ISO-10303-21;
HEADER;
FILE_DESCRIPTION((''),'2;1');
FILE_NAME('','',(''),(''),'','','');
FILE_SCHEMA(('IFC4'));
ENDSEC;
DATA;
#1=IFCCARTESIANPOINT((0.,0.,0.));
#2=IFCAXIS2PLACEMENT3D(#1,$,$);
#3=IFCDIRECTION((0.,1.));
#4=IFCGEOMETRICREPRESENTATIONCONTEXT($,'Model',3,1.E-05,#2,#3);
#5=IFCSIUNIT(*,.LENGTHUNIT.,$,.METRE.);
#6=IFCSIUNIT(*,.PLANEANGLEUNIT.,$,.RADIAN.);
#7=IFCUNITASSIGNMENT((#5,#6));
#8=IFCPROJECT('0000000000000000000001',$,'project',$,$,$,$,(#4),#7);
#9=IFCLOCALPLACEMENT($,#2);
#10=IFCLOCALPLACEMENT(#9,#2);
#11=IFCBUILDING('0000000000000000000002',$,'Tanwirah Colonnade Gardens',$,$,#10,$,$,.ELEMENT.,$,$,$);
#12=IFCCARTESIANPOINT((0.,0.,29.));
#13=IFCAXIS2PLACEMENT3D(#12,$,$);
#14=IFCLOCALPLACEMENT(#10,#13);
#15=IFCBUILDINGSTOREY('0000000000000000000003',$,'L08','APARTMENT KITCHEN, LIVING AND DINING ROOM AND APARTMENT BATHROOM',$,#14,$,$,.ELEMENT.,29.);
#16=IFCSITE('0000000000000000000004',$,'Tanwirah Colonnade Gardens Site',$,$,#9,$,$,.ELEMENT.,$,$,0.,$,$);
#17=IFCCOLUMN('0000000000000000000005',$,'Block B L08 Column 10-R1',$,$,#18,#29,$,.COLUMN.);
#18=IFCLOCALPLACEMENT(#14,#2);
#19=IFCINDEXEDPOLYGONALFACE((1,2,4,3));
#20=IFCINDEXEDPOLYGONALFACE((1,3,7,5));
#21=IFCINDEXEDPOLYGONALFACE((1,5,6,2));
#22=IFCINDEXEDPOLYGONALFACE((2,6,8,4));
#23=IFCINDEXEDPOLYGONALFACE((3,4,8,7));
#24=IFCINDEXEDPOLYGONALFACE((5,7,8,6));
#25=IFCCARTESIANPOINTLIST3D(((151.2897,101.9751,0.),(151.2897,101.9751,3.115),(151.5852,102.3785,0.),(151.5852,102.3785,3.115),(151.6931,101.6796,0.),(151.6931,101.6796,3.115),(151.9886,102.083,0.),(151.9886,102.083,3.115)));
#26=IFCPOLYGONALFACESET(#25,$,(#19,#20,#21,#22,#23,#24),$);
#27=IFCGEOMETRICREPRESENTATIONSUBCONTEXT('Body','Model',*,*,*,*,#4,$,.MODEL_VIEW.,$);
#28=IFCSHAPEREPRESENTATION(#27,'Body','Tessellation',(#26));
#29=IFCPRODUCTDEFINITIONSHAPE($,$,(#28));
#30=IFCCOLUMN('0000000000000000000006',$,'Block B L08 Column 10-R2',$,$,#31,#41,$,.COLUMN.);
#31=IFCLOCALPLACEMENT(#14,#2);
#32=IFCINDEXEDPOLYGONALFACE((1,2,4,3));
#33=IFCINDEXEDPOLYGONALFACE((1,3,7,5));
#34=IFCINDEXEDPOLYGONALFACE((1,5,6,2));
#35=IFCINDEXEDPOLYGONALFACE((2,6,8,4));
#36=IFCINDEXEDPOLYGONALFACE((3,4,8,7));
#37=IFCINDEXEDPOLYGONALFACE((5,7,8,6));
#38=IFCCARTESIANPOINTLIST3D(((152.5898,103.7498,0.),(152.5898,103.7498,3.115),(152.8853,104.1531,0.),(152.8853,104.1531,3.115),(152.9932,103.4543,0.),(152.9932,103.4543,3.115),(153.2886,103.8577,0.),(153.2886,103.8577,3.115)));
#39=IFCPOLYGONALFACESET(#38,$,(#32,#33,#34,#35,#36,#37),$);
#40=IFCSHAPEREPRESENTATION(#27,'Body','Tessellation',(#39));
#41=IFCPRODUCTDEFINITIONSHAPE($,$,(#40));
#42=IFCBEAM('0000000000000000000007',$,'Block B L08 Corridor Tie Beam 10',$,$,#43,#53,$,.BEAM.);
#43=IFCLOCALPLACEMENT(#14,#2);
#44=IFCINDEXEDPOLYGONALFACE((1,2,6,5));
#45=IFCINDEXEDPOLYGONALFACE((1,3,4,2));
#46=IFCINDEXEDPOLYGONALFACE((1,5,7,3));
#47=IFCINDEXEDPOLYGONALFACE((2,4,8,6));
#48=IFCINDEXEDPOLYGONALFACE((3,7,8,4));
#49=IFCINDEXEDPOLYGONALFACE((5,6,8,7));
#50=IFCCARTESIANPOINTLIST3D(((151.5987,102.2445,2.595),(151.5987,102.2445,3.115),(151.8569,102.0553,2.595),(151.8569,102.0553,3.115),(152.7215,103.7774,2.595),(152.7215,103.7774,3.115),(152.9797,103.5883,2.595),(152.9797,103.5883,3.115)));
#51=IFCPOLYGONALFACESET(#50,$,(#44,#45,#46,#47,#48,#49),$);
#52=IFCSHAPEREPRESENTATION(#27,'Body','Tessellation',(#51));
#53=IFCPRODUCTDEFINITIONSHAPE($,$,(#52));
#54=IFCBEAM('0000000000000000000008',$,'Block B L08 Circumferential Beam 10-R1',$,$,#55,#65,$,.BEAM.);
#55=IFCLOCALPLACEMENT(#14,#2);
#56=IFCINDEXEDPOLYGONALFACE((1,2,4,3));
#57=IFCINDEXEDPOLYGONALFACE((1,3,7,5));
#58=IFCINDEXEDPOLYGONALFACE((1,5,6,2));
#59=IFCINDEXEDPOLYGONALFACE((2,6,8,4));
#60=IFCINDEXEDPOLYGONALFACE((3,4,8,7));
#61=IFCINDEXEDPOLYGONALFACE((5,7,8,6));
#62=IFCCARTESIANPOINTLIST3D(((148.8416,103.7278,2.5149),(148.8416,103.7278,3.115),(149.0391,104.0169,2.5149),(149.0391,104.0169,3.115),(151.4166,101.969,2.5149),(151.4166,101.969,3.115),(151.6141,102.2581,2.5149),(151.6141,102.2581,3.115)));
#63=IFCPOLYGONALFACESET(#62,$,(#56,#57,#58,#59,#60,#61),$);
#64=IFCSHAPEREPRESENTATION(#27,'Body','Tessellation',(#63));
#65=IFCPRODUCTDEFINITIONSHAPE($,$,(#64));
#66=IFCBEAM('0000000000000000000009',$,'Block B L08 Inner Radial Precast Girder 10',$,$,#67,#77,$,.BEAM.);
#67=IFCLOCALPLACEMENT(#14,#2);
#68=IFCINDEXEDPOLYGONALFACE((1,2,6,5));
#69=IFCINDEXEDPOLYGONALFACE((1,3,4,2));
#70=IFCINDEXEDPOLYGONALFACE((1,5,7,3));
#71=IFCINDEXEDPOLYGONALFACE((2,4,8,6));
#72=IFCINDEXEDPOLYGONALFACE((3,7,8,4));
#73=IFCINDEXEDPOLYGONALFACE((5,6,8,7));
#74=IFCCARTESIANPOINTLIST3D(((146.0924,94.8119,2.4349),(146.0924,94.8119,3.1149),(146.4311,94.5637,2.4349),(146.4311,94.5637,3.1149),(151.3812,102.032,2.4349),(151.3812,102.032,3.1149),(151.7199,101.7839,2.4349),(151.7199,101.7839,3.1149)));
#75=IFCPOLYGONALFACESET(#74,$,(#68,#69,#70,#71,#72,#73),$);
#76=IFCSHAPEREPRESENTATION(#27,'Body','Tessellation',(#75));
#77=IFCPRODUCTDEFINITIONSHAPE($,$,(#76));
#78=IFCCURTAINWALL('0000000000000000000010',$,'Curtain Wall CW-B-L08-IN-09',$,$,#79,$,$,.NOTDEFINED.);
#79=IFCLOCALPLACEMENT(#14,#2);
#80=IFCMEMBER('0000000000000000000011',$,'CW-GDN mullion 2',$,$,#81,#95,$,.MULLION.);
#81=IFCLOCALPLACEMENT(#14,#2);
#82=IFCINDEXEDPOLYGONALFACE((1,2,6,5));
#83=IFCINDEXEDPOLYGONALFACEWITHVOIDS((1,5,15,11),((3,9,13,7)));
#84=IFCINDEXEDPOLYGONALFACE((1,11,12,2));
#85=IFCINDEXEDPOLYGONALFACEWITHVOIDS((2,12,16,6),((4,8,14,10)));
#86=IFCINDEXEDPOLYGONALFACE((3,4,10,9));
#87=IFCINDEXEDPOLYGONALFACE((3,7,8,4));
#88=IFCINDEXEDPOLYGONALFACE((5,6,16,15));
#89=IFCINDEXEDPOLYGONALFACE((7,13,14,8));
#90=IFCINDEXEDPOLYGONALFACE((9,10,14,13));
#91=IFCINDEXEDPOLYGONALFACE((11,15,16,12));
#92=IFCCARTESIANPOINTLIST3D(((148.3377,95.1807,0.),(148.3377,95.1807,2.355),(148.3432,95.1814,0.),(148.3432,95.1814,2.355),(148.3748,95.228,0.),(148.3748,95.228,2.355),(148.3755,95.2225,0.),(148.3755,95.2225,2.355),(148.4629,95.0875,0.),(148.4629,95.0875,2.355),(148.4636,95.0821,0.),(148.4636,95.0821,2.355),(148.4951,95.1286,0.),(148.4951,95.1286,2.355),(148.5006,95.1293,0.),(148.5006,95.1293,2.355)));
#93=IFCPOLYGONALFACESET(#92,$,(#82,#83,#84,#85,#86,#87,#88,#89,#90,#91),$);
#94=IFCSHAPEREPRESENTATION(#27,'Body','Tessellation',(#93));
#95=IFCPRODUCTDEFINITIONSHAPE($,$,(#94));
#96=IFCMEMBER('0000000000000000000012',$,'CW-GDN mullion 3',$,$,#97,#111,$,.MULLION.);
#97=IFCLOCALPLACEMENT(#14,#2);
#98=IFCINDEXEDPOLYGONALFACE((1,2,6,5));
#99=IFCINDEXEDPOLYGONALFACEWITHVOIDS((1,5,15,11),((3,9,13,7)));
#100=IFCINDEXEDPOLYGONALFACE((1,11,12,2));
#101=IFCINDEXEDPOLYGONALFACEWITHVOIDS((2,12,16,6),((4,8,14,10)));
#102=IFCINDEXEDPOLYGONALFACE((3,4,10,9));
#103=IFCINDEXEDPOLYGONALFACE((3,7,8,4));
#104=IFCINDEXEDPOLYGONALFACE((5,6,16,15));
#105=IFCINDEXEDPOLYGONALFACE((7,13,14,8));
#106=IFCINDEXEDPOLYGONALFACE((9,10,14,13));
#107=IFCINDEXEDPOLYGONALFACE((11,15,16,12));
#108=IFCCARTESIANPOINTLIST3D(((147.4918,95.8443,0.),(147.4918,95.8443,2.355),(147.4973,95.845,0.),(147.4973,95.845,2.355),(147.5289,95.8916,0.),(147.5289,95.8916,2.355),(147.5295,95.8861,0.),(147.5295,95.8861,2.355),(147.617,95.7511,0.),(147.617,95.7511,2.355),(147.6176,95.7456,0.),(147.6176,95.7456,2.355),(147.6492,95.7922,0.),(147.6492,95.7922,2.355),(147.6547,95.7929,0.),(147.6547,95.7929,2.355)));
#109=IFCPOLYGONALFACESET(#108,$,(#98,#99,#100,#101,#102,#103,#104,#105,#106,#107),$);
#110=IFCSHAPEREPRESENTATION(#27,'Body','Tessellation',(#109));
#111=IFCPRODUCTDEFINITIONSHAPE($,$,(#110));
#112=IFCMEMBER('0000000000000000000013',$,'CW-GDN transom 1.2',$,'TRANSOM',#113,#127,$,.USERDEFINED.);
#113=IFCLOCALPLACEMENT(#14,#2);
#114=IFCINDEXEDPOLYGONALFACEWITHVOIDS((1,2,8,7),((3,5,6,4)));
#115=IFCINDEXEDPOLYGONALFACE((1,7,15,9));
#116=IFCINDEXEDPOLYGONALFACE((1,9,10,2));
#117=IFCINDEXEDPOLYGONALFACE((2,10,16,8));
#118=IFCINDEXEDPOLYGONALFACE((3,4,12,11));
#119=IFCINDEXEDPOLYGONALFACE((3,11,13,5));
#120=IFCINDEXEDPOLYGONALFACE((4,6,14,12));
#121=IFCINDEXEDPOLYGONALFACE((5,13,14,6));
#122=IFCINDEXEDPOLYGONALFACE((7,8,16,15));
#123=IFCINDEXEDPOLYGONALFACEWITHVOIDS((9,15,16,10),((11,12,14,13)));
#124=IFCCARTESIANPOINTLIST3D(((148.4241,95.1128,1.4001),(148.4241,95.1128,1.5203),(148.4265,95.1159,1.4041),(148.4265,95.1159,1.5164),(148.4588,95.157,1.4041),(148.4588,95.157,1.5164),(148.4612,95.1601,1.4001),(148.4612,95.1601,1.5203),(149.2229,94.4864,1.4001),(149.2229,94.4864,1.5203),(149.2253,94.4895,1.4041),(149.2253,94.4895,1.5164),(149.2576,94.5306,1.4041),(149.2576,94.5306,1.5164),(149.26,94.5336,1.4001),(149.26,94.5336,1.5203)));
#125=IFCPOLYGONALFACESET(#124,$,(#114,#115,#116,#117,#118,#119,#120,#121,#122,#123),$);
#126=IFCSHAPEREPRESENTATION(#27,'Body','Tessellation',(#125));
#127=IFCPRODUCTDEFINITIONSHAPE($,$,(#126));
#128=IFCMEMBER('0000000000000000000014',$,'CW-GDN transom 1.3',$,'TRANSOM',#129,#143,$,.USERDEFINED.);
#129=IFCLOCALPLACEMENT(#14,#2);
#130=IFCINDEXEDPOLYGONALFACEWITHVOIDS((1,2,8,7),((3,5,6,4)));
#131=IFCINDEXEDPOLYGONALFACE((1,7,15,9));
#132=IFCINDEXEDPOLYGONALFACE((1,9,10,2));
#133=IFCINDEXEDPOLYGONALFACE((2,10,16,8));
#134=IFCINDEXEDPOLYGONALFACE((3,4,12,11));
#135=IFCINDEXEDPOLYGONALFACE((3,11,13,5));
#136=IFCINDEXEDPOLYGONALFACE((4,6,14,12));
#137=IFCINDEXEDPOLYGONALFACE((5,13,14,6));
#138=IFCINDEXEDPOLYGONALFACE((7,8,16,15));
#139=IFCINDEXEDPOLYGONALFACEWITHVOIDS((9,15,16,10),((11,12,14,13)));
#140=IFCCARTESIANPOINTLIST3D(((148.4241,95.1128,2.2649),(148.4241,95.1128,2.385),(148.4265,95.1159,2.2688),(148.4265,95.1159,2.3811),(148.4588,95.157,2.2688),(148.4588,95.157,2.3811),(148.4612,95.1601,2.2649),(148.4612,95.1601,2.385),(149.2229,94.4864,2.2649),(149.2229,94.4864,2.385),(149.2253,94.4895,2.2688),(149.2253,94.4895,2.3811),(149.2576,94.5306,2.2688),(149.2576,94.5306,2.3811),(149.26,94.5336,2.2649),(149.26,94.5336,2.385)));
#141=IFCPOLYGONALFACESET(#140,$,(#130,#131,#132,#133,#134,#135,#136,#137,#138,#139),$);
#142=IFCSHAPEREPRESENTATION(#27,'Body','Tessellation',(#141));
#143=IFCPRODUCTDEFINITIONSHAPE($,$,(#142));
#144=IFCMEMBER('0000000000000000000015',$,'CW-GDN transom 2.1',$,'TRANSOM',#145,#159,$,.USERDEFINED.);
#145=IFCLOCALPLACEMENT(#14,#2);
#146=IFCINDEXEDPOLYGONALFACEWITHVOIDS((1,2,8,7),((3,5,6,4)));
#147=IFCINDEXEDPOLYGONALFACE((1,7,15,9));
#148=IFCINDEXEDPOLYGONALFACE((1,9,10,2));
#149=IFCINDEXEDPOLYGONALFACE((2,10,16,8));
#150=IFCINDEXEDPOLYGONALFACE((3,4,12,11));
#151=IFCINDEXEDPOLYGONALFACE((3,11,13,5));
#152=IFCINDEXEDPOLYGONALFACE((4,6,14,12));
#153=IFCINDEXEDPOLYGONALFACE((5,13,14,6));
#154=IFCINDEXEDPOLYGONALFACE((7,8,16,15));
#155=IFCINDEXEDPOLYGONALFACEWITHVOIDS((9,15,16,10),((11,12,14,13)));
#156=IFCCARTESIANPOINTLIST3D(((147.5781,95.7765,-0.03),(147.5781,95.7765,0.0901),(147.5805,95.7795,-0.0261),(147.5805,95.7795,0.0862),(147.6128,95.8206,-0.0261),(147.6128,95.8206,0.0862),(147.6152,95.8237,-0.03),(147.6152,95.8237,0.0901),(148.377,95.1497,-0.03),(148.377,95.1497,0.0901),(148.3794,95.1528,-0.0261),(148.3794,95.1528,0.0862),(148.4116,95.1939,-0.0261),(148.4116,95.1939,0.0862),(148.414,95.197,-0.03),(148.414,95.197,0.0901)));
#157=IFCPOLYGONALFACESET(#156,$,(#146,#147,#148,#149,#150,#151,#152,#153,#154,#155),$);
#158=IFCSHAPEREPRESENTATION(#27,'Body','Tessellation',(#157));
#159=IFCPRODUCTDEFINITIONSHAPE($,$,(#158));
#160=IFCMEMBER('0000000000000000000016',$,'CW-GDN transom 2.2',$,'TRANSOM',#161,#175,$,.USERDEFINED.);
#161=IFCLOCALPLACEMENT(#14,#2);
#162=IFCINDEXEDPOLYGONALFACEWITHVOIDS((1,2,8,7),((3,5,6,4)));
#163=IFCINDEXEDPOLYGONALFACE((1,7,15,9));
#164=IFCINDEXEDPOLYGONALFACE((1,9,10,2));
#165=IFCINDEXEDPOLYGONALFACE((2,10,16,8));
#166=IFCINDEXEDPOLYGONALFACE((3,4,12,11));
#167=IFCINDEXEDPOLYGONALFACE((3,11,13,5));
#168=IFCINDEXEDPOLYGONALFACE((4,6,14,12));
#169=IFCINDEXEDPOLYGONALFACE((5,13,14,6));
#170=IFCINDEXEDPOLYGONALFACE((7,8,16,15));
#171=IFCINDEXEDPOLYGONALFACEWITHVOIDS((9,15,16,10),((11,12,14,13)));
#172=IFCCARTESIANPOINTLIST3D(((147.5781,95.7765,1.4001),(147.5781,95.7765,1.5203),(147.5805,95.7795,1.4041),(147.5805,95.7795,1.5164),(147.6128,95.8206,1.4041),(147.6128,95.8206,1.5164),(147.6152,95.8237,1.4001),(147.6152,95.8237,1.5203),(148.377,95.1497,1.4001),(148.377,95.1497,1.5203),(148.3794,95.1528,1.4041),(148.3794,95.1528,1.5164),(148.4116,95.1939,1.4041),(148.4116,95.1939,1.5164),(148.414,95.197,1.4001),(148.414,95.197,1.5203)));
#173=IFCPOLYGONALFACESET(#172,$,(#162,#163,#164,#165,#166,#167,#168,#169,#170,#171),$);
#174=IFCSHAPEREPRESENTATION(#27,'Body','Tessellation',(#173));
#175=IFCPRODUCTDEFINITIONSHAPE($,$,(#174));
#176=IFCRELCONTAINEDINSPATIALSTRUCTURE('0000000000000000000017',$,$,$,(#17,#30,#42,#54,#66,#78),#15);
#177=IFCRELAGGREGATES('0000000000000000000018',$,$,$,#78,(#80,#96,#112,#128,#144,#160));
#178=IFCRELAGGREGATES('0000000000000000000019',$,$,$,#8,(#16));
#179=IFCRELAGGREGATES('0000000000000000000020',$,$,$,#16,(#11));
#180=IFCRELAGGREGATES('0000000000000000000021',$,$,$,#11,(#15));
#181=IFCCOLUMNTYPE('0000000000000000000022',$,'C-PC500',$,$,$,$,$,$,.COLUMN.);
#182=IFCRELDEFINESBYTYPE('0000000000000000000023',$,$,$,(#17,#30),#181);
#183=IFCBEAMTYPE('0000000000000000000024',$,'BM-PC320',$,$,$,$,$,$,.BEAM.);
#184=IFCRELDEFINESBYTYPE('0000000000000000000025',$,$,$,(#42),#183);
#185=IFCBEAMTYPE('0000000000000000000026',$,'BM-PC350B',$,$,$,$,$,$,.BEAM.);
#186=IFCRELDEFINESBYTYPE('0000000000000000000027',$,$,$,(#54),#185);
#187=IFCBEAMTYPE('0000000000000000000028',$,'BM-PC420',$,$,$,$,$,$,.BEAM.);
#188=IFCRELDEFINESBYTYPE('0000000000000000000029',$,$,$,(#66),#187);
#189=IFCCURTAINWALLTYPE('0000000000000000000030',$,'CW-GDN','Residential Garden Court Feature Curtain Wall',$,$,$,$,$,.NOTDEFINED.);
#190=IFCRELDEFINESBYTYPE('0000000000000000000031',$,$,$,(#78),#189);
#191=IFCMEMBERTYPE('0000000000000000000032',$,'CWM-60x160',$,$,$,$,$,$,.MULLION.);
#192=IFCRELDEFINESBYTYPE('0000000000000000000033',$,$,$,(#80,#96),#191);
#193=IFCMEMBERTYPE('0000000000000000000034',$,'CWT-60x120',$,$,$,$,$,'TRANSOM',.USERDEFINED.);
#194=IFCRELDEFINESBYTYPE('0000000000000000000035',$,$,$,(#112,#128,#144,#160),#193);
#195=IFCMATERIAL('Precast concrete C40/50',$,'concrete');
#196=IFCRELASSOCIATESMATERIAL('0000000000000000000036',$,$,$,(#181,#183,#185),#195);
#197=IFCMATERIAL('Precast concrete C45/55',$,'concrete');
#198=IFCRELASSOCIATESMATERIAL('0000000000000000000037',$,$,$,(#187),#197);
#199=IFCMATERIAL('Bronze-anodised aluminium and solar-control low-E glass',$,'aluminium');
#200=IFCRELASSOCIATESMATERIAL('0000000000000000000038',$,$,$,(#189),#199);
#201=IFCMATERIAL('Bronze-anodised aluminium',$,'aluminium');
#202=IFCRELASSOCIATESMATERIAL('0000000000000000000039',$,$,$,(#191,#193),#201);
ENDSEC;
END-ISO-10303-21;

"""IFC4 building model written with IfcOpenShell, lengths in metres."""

from ifc_helpers import new_model, si_unit, direction, frame, origin, origin_2d, place, context, subcontext, project, spatial, rectangle, hollow_rectangle, extrude, material, material_profile, profile_set, type_object, element, aggregate, save


model = new_model("IFC4")

# Units and contexts
model_context = context("Model", 3, precision=1e-05, world=origin(), true_north=direction((0.0, 1.0)))
body_context = subcontext(model_context, "Body", "Model", "MODEL_VIEW")
ifc_project = project(units=[si_unit("LENGTHUNIT", "METRE"), si_unit("PLANEANGLEUNIT", "RADIAN")], contexts=[model_context])

# Site, building, storey
site_placement = place(None, origin())
site = spatial("IfcSite", under=ifc_project, at=site_placement, Name="Tanwirah Colonnade Gardens Site", CompositionType="ELEMENT", RefElevation=0.0)
building_placement = place(site_placement, origin())
building = spatial("IfcBuilding", under=site, at=building_placement, Name="Tanwirah Colonnade Gardens", CompositionType="ELEMENT")
storey_placement = place(building_placement, frame((0.0, 0.0, 29.0)))
storey = spatial("IfcBuildingStorey", under=building, at=storey_placement, Name="L08", Description="APARTMENT KITCHEN, LIVING AND DINING ROOM AND APARTMENT BATHROOM", CompositionType="ELEMENT", Elevation=29.0)

# Columns
ifc_material_1 = material(Name="Precast concrete C40/50", Category="concrete")
ifc_material_profile_1 = material_profile(ifc_material_1, rectangle(XDim=0.5, YDim=0.5, at=origin_2d()), Name="PC-COL 500x500")
ifc_profile_set_1 = profile_set([ifc_material_profile_1], Name="Precast concrete C40/50")
column_type = type_object("IfcColumnType", Name="C-PC500", PredefinedType="COLUMN", material=ifc_profile_set_1)
for number, where, z_axis, x_axis, name in (
    (1, (151.6392, 102.0291, 0.0), (0.0, 0.0, 1.0), (0.590919, 0.806731, 0.0), "Block B L08 Column 10-R1"),
    (2, (152.9392, 103.8037, 0.0), (0.0, 0.0, 1.0), (0.590919, 0.806731, 0.0), "Block B L08 Column 10-R2"),
):
    element("IfcColumn", number, at=place(storey_placement, frame(where, z_axis=z_axis, x_axis=x_axis)), inside=storey, type_object=column_type, Name=name, PredefinedType="COLUMN", context=body_context, shape_type="SweptSolid", body=[
        extrude(rectangle(XDim=0.5, YDim=0.5, at=origin_2d()), origin(), (0.0, 0.0, 1.0), 3.115),
    ])

# Beams
ifc_material_profile_2 = material_profile(ifc_material_1, rectangle(XDim=0.3201, YDim=0.52, at=origin_2d()), Name="PC-BM 320x520")
ifc_profile_set_2 = profile_set([ifc_material_profile_2], Name="Precast concrete C40/50")
beam_type_1 = type_object("IfcBeamType", Name="BM-PC320", PredefinedType="BEAM", material=ifc_profile_set_2)
beam_1_placement = place(storey_placement, frame((151.7278, 102.1499, 2.855), z_axis=(0.590896, 0.806748, 0.0), x_axis=(-0.806748, 0.590896, 0.0)))
element("IfcBeam", 3, at=beam_1_placement, inside=storey, type_object=beam_type_1, Name="Block B L08 Corridor Tie Beam 10", PredefinedType="BEAM", context=body_context, shape_type="SweptSolid", body=[
    extrude(rectangle(XDim=0.3201, YDim=0.52, at=origin_2d()), origin(), (0.0, 0.0, 1.0), 1.9001),
])
ifc_material_profile_3 = material_profile(ifc_material_1, rectangle(XDim=0.3501, YDim=0.6001, at=origin_2d()), Name="PC-BM 350x600")
ifc_profile_set_3 = profile_set([ifc_material_profile_3], Name="Precast concrete C40/50")
beam_type_2 = type_object("IfcBeamType", Name="BM-PC350B", PredefinedType="BEAM", material=ifc_profile_set_3)
beam_2_placement = place(storey_placement, frame((151.5154, 102.1135, 2.8149), z_axis=(-0.825758, 0.564024, 0.0), x_axis=(-0.564024, -0.825758, 0.0)))
element("IfcBeam", 4, at=beam_2_placement, inside=storey, type_object=beam_type_2, Name="Block B L08 Circumferential Beam 10-R1", PredefinedType="BEAM", context=body_context, shape_type="SweptSolid", body=[
    extrude(rectangle(XDim=0.3501, YDim=0.6001, at=origin_2d()), origin(), (0.0, 0.0, 1.0), 3.1184),
])
ifc_material_2 = material(Name="Precast concrete C45/55", Category="concrete")
ifc_material_profile_4 = material_profile(ifc_material_2, rectangle(XDim=0.4199, YDim=0.6799, at=origin_2d()), Name="PC-BM 420x680")
ifc_profile_set_4 = profile_set([ifc_material_profile_4], Name="Precast concrete C45/55")
beam_type_3 = type_object("IfcBeamType", Name="BM-PC420", PredefinedType="BEAM", material=ifc_profile_set_4)
beam_3_placement = place(storey_placement, frame((151.5505, 101.908, 2.7749), z_axis=(-0.590927, -0.806725, 0.0), x_axis=(0.806725, -0.590927, 0.0)))
element("IfcBeam", 5, at=beam_3_placement, inside=storey, type_object=beam_type_3, Name="Block B L08 Inner Radial Precast Girder 10", PredefinedType="BEAM", context=body_context, shape_type="SweptSolid", body=[
    extrude(rectangle(XDim=0.4199, YDim=0.6799, at=origin_2d()), origin(), (0.0, 0.0, 1.0), 8.95),
])

# Curtain wall, members
ifc_material_3 = material(Name="Bronze-anodised aluminium and solar-control low-E glass", Category="aluminium")
curtain_wall_type = type_object("IfcCurtainWallType", Name="CW-GDN", Description="Residential Garden Court Feature Curtain Wall", PredefinedType="NOTDEFINED", material=ifc_material_3)
curtain_wall_placement = place(storey_placement, origin())
curtain_wall = element("IfcCurtainWall", 6, at=curtain_wall_placement, inside=storey, type_object=curtain_wall_type, Name="Curtain Wall CW-B-L08-IN-09", PredefinedType="NOTDEFINED")
ifc_material_4 = material(Name="Bronze-anodised aluminium", Category="aluminium")
ifc_material_profile_5 = material_profile(ifc_material_4, hollow_rectangle(XDim=0.0601, YDim=0.1599, WallThickness=0.0039, at=origin_2d()), Name="CW-MUL 60x160x4")
ifc_profile_set_5 = profile_set([ifc_material_profile_5], Name="Bronze-anodised aluminium")
member_type_1 = type_object("IfcMemberType", Name="CWM-60x160", PredefinedType="MULLION", material=ifc_profile_set_5)
member_1_placement = place(storey_placement, frame((148.4192, 95.155, 0.0), z_axis=(0.0, 0.0, 1.0), x_axis=(-0.617189, -0.786815, 0.0)))
member_1 = element("IfcMember", 7, at=member_1_placement, type_object=member_type_1, Name="CW-GDN mullion 2", PredefinedType="MULLION", context=body_context, shape_type="SweptSolid", body=[
    extrude(hollow_rectangle(XDim=0.0601, YDim=0.1599, WallThickness=0.0039, at=origin_2d()), origin(), (0.0, 0.0, 1.0), 2.355),
])
member_2_placement = place(storey_placement, frame((147.5732, 95.8186, 0.0), z_axis=(0.0, 0.0, 1.0), x_axis=(-0.617189, -0.786815, 0.0)))
member_2 = element("IfcMember", 8, at=member_2_placement, type_object=member_type_1, Name="CW-GDN mullion 3", PredefinedType="MULLION", context=body_context, shape_type="SweptSolid", body=[
    extrude(hollow_rectangle(XDim=0.0601, YDim=0.1599, WallThickness=0.0039, at=origin_2d()), origin(), (0.0, 0.0, 1.0), 2.355),
])
ifc_material_profile_6 = material_profile(ifc_material_4, hollow_rectangle(XDim=0.0601, YDim=0.1201, WallThickness=0.0039, at=origin_2d()), Name="CW-TRN 60x120x4")
ifc_profile_set_6 = profile_set([ifc_material_profile_6], Name="Bronze-anodised aluminium")
member_type_2 = type_object("IfcMemberType", Name="CWT-60x120", ElementType="TRANSOM", PredefinedType="USERDEFINED", material=ifc_profile_set_6)
member_3_placement = place(storey_placement, frame((149.2415, 94.51, 1.4602), z_axis=(-0.786885, 0.617099, 0.0), x_axis=(-0.617099, -0.786885, 0.0)))
member_3 = element("IfcMember", 9, at=member_3_placement, type_object=member_type_2, Name="CW-GDN transom 1.2", ObjectType="TRANSOM", PredefinedType="USERDEFINED", context=body_context, shape_type="SweptSolid", body=[
    extrude(hollow_rectangle(XDim=0.0601, YDim=0.1201, WallThickness=0.0039, at=origin_2d()), origin(), (0.0, 0.0, 1.0), 1.0151),
])
member_4_placement = place(storey_placement, frame((149.2415, 94.51, 2.325), z_axis=(-0.786885, 0.617099, 0.0), x_axis=(-0.617099, -0.786885, 0.0)))
member_4 = element("IfcMember", 10, at=member_4_placement, type_object=member_type_2, Name="CW-GDN transom 1.3", ObjectType="TRANSOM", PredefinedType="USERDEFINED", context=body_context, shape_type="SweptSolid", body=[
    extrude(hollow_rectangle(XDim=0.0601, YDim=0.1201, WallThickness=0.0039, at=origin_2d()), origin(), (0.0, 0.0, 1.0), 1.0151),
])
member_5_placement = place(storey_placement, frame((148.3955, 95.1733, 0.03), z_axis=(-0.786769, 0.617248, 0.0), x_axis=(-0.617248, -0.786769, 0.0)))
member_5 = element("IfcMember", 11, at=member_5_placement, type_object=member_type_2, Name="CW-GDN transom 2.1", ObjectType="TRANSOM", PredefinedType="USERDEFINED", context=body_context, shape_type="SweptSolid", body=[
    extrude(hollow_rectangle(XDim=0.0601, YDim=0.1201, WallThickness=0.0039, at=origin_2d()), origin(), (0.0, 0.0, 1.0), 1.0154),
])
member_6_placement = place(storey_placement, frame((148.3955, 95.1733, 1.4602), z_axis=(-0.786769, 0.617248, 0.0), x_axis=(-0.617248, -0.786769, 0.0)))
member_6 = element("IfcMember", 12, at=member_6_placement, type_object=member_type_2, Name="CW-GDN transom 2.2", ObjectType="TRANSOM", PredefinedType="USERDEFINED", context=body_context, shape_type="SweptSolid", body=[
    extrude(hollow_rectangle(XDim=0.0601, YDim=0.1201, WallThickness=0.0039, at=origin_2d()), origin(), (0.0, 0.0, 1.0), 1.0154),
])

aggregate(curtain_wall, [member_1, member_2, member_3, member_4, member_5, member_6])

save(model, "model.ifc")
